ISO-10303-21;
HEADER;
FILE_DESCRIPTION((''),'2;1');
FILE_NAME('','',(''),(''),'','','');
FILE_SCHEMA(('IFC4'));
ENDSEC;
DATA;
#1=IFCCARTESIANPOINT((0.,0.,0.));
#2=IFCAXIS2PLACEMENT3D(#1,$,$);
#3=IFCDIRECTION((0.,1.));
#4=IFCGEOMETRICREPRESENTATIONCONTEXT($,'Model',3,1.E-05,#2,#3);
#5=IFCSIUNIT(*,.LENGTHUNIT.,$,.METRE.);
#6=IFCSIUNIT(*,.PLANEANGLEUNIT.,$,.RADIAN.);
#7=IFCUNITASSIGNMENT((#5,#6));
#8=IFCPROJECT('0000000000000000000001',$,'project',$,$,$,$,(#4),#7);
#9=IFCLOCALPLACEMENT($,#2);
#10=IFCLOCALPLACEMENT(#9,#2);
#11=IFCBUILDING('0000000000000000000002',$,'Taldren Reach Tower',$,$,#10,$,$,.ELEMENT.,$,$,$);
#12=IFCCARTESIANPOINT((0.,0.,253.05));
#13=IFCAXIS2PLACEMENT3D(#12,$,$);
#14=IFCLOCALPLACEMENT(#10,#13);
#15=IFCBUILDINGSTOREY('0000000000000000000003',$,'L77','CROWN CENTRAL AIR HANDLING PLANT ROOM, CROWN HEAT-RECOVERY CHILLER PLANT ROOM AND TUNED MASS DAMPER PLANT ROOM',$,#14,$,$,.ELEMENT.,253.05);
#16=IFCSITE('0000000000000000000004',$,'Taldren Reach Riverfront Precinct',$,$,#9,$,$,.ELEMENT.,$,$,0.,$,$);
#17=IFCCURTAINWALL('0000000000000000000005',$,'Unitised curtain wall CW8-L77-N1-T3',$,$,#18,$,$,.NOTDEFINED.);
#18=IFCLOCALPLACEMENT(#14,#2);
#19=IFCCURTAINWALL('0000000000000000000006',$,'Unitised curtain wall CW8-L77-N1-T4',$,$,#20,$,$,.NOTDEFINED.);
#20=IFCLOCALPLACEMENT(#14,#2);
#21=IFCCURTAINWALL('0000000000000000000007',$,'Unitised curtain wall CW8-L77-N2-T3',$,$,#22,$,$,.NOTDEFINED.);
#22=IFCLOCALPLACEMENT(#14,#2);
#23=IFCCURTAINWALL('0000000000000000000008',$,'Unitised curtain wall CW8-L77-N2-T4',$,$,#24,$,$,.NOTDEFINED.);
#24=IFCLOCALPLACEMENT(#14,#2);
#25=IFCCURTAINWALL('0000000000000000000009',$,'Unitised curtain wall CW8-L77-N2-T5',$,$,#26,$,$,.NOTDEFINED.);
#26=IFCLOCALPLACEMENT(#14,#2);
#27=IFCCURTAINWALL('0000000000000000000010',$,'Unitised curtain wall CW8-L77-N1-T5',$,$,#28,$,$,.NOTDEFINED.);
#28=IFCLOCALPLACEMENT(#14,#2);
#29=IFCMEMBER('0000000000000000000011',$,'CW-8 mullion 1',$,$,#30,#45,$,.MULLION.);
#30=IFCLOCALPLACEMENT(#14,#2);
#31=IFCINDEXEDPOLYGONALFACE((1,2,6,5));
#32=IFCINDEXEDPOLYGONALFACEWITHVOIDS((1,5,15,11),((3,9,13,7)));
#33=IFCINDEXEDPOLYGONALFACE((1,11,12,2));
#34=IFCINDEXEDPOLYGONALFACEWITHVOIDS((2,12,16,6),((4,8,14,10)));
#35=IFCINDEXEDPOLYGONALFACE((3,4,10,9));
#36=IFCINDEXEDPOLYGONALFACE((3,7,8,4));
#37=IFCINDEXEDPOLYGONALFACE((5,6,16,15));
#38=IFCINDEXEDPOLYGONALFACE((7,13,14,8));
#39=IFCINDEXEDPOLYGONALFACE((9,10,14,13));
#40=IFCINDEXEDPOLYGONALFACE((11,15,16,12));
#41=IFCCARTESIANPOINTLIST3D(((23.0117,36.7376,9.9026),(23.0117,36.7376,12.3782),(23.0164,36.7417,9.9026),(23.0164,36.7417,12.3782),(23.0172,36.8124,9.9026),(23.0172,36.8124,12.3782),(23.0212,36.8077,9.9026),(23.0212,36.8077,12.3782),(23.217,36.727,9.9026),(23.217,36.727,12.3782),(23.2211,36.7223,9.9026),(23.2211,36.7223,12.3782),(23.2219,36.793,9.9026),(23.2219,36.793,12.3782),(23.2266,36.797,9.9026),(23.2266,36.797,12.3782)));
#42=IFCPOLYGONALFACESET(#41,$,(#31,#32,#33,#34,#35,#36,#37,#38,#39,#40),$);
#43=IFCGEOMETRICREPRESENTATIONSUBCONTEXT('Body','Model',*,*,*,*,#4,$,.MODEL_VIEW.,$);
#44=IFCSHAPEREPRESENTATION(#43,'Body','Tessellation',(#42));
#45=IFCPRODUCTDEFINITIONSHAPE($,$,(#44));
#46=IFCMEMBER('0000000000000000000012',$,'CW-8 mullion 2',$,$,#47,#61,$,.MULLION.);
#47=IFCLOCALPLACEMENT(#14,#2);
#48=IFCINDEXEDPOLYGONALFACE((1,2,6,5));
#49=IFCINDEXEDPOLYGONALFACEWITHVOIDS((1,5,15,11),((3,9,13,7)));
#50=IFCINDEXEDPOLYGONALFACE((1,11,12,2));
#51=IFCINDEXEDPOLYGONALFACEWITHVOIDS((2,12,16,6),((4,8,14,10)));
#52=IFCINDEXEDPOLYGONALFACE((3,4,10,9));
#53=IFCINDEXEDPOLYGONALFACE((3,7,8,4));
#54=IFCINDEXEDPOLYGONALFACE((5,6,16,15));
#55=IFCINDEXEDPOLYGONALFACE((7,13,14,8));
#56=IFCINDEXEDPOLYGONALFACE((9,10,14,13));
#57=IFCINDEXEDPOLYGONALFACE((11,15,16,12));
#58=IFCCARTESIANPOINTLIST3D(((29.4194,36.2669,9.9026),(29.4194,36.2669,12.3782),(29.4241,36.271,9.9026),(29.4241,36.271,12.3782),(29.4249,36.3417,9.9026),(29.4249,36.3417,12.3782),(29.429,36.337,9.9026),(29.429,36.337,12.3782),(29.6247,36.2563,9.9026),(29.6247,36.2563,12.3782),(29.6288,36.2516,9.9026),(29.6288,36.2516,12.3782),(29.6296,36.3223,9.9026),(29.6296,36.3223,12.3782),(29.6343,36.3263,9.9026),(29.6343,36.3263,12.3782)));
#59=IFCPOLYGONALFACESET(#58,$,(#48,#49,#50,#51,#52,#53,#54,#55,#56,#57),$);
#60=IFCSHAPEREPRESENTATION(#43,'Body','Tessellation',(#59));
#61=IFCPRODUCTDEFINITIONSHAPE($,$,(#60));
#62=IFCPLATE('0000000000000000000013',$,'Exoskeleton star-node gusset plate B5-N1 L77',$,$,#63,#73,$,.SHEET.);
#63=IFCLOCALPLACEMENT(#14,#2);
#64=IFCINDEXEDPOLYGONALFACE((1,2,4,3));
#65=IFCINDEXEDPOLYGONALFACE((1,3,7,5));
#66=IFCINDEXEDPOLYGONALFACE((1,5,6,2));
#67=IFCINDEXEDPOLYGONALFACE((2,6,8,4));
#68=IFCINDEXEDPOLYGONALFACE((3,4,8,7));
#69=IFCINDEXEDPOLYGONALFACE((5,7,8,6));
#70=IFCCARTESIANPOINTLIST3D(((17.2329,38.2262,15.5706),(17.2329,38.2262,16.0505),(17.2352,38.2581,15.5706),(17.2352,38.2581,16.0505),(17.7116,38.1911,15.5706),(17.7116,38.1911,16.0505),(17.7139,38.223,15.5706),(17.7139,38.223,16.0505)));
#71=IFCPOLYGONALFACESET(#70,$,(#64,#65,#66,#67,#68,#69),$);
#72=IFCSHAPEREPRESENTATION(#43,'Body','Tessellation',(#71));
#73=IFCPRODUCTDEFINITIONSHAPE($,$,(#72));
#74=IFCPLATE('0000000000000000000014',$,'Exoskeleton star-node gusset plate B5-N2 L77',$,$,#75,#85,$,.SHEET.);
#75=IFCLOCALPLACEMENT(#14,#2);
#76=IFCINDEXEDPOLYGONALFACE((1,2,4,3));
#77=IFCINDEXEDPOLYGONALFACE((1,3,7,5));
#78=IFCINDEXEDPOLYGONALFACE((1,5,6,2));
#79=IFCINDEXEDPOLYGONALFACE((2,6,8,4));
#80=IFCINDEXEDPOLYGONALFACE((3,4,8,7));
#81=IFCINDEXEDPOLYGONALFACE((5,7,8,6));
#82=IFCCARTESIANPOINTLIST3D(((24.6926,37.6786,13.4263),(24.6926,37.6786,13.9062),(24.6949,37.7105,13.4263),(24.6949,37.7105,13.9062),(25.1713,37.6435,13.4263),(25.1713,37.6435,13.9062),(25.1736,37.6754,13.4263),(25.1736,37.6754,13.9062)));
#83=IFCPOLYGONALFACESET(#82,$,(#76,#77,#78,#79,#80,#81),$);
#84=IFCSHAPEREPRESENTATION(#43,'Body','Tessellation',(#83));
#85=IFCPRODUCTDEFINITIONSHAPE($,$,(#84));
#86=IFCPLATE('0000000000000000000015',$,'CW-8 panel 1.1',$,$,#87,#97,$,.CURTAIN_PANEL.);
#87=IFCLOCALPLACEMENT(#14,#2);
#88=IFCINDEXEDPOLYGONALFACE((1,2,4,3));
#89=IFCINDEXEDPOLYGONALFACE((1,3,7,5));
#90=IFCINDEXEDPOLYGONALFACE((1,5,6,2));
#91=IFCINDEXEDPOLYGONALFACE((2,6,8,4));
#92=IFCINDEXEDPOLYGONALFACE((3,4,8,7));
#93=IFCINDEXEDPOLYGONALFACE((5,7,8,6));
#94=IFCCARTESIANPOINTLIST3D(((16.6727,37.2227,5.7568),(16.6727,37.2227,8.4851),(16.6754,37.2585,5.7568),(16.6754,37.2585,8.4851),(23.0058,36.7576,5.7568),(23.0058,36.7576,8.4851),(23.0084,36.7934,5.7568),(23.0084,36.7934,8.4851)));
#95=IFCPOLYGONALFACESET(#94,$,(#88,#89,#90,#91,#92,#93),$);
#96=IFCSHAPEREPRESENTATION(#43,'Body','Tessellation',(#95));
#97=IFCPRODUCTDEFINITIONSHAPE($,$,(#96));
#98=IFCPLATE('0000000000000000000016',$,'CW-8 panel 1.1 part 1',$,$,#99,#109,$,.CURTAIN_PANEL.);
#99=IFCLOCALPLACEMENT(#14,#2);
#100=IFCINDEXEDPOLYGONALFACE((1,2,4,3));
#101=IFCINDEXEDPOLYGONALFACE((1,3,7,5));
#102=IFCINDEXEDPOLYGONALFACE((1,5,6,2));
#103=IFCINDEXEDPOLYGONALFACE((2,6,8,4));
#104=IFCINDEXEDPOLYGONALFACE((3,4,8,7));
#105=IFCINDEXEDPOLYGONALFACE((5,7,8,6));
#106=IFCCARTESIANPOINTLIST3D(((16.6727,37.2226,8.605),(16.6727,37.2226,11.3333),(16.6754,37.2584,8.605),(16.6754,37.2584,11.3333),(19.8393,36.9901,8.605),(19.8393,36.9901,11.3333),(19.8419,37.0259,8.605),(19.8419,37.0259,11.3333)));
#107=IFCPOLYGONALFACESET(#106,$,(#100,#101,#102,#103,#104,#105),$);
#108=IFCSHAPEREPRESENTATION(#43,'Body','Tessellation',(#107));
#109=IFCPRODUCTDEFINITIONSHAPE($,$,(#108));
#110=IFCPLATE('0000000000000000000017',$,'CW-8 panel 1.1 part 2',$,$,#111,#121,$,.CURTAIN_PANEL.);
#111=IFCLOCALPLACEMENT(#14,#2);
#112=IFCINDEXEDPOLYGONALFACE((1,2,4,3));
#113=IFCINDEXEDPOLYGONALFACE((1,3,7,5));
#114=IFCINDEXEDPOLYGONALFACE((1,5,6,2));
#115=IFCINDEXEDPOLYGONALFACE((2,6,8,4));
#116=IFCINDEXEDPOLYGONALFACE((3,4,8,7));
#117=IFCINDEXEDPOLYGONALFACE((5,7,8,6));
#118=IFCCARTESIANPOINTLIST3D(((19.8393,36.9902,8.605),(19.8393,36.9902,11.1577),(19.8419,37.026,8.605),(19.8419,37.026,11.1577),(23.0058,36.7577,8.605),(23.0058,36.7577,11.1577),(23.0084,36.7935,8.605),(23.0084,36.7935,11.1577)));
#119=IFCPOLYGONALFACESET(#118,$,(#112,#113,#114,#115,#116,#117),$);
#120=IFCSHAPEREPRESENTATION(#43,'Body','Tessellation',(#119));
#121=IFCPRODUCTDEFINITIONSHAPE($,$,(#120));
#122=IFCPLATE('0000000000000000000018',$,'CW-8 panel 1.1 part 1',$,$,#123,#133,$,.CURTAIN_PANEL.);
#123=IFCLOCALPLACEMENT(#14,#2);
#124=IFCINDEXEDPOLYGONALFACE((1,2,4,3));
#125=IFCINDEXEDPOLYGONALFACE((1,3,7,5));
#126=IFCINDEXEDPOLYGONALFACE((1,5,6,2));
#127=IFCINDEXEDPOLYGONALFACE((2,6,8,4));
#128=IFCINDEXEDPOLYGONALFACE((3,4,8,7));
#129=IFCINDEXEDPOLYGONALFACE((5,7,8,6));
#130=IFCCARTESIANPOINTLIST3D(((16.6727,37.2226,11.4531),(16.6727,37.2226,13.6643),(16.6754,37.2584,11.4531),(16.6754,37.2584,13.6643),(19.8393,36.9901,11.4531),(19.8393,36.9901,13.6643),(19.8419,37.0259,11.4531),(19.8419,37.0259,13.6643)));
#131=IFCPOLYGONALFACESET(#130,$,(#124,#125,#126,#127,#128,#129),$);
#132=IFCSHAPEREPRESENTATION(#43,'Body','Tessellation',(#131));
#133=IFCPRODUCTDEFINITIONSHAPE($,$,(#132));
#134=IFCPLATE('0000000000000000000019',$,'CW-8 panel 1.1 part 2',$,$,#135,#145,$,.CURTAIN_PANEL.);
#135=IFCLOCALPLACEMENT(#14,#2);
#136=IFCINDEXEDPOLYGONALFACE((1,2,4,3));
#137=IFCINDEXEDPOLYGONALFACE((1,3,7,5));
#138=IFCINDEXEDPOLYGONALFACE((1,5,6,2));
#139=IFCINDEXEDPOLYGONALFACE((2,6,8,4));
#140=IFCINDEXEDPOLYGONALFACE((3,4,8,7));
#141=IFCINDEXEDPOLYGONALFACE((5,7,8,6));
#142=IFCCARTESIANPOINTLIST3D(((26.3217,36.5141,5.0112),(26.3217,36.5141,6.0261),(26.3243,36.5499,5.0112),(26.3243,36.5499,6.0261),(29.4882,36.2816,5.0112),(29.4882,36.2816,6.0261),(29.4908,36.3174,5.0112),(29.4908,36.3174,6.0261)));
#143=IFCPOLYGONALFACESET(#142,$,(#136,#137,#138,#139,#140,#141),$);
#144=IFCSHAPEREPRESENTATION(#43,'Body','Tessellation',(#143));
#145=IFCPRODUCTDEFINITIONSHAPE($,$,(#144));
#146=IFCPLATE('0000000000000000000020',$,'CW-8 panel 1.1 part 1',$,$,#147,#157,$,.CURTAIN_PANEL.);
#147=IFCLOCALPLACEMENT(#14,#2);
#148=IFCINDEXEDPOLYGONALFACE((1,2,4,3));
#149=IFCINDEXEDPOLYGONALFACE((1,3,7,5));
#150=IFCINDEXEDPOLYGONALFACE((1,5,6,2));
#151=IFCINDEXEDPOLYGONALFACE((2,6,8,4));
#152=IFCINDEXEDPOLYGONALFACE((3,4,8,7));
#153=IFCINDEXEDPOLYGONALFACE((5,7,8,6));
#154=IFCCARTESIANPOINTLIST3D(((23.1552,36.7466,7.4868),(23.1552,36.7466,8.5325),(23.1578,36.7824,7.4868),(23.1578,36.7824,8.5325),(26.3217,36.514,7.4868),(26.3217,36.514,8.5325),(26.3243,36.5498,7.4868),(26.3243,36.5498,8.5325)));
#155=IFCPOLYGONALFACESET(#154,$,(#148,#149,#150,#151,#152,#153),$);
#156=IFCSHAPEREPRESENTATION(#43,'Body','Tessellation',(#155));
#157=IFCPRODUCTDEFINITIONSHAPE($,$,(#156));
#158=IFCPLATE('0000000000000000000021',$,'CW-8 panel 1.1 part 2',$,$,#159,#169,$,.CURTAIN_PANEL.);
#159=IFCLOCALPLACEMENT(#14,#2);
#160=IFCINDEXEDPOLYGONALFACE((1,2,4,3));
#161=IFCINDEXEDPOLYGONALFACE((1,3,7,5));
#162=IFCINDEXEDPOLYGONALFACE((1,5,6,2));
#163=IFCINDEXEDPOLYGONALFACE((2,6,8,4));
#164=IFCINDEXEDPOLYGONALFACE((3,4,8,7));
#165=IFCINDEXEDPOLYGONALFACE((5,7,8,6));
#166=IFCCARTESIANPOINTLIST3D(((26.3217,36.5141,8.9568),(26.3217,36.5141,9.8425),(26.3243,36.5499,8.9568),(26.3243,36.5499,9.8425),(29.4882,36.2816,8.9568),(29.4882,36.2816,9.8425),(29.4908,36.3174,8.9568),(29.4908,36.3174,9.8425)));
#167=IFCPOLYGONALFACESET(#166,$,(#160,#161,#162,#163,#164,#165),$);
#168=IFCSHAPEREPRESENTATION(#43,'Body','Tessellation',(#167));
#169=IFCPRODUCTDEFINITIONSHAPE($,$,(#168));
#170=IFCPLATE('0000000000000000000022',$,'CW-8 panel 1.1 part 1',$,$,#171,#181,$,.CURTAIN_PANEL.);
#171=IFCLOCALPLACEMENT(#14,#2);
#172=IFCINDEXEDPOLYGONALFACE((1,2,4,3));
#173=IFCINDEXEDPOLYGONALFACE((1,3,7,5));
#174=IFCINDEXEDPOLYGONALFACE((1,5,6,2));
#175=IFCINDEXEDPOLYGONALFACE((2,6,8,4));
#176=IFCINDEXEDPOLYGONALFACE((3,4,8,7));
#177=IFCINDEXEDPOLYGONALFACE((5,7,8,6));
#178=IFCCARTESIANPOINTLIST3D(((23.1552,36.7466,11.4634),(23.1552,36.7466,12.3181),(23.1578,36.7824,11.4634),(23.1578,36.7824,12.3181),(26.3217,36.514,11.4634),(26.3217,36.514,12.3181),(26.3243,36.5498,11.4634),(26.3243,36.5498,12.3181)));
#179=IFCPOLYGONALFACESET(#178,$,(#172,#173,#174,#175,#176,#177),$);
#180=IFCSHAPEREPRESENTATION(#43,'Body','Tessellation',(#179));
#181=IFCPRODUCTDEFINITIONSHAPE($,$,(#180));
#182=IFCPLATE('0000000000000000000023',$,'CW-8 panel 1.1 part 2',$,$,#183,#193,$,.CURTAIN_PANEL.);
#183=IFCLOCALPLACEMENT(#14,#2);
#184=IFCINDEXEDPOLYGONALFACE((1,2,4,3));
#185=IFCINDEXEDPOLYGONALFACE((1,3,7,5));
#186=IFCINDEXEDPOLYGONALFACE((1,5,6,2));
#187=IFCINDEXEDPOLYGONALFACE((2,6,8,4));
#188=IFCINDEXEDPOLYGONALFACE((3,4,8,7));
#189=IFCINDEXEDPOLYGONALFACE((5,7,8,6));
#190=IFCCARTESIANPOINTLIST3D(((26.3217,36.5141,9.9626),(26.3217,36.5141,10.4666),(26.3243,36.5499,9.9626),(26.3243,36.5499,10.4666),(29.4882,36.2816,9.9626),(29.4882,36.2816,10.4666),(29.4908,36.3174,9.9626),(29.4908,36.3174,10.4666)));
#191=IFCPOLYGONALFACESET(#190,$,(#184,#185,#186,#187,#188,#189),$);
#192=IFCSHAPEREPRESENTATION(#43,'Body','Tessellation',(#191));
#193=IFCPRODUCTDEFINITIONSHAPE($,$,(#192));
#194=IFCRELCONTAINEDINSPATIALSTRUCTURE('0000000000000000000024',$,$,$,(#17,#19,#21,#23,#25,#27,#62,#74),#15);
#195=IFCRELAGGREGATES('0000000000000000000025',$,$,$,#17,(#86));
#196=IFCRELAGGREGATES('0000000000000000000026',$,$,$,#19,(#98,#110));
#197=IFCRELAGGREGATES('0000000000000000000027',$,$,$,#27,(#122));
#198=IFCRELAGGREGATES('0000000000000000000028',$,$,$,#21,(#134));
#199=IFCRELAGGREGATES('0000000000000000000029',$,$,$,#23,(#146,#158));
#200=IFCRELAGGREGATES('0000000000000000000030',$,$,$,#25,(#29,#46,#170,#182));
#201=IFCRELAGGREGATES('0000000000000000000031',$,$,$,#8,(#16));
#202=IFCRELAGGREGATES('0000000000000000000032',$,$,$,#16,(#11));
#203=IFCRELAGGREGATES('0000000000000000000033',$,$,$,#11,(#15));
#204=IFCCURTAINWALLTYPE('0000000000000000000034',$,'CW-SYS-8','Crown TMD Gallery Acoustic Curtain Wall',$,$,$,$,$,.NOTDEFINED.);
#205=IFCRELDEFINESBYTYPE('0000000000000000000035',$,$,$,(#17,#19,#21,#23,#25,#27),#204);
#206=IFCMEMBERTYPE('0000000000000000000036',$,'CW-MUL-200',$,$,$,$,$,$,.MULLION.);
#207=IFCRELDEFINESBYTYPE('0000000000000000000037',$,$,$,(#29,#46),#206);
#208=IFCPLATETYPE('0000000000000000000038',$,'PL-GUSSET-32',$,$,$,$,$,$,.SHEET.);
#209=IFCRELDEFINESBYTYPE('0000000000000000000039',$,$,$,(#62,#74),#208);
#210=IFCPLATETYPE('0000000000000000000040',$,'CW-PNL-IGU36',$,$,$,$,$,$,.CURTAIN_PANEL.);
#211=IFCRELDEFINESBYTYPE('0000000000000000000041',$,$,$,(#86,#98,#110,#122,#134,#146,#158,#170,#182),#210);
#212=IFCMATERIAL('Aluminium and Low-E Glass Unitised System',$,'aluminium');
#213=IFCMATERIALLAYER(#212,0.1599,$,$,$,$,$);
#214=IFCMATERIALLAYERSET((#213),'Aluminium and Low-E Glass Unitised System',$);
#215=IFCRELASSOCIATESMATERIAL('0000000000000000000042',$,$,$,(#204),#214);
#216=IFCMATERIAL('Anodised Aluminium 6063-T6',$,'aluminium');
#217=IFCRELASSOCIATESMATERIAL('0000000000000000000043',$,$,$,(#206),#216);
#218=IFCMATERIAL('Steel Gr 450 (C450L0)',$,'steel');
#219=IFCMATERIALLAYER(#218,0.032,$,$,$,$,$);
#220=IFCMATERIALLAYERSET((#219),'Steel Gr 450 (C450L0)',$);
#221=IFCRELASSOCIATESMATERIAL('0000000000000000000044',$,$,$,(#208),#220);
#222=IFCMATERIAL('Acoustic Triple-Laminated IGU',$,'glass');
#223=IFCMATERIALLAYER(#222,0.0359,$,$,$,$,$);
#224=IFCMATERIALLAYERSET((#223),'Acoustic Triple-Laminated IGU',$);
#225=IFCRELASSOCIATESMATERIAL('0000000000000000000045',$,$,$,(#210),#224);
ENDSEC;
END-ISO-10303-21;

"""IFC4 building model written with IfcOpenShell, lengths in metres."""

from ifc_helpers import new_model, si_unit, direction, frame, origin, origin_2d, place, context, subcontext, project, spatial, rectangle, hollow_rectangle, extrude, source, transform, mapped, material, layer, layer_set, material_profile, profile_set, type_object, element, aggregate, save


model = new_model("IFC4")

# Units and contexts
model_context = context("Model", 3, precision=1e-05, world=origin(), true_north=direction((0.0, 1.0)))
body_context = subcontext(model_context, "Body", "Model", "MODEL_VIEW")
ifc_project = project(units=[si_unit("LENGTHUNIT", "METRE"), si_unit("PLANEANGLEUNIT", "RADIAN")], contexts=[model_context])

# Site, building, storey
site_placement = place(None, origin())
site = spatial("IfcSite", under=ifc_project, at=site_placement, Name="Taldren Reach Riverfront Precinct", CompositionType="ELEMENT", RefElevation=0.0)
building_placement = place(site_placement, origin())
building = spatial("IfcBuilding", under=site, at=building_placement, Name="Taldren Reach Tower", CompositionType="ELEMENT")
storey_placement = place(building_placement, frame((0.0, 0.0, 253.05)))
storey = spatial("IfcBuildingStorey", under=building, at=storey_placement, Name="L77", Description="CROWN CENTRAL AIR HANDLING PLANT ROOM, CROWN HEAT-RECOVERY CHILLER PLANT ROOM AND TUNED MASS DAMPER PLANT ROOM", CompositionType="ELEMENT", Elevation=253.05)

# Curtain walls
ifc_material_1 = material(Name="Aluminium and Low-E Glass Unitised System", Category="aluminium")
ifc_layer_1 = layer(ifc_material_1, 0.1599)
ifc_layer_set_1 = layer_set([ifc_layer_1], Name="Aluminium and Low-E Glass Unitised System")
curtain_wall_type = type_object("IfcCurtainWallType", Name="CW-SYS-8", Description="Crown TMD Gallery Acoustic Curtain Wall", PredefinedType="NOTDEFINED", material=ifc_layer_set_1)
curtain_wall_1_placement = place(storey_placement, origin())
curtain_wall_1 = element("IfcCurtainWall", 1, at=curtain_wall_1_placement, inside=storey, type_object=curtain_wall_type, Name="Unitised curtain wall CW8-L77-N1-T3", PredefinedType="NOTDEFINED")
ifc_material_2 = material(Name="Anodised Aluminium 6063-T6", Category="aluminium")
ifc_material_profile_1 = material_profile(ifc_material_2, hollow_rectangle(XDim=0.075, YDim=0.21, WallThickness=0.0044, at=origin_2d()), Name="ALU-210x75x4.5RHS")
ifc_profile_set_1 = profile_set([ifc_material_profile_1], Name="Anodised Aluminium 6063-T6")
member_type_1 = type_object("IfcMemberType", Name="CW-MUL-200", PredefinedType="MULLION", material=ifc_profile_set_1)
curtain_wall_2_placement = place(storey_placement, origin())
curtain_wall_2 = element("IfcCurtainWall", 2, at=curtain_wall_2_placement, inside=storey, type_object=curtain_wall_type, Name="Unitised curtain wall CW8-L77-N1-T4", PredefinedType="NOTDEFINED")
curtain_wall_3_placement = place(storey_placement, origin())
curtain_wall_3 = element("IfcCurtainWall", 3, at=curtain_wall_3_placement, inside=storey, type_object=curtain_wall_type, Name="Unitised curtain wall CW8-L77-N2-T3", PredefinedType="NOTDEFINED")

# Curtain walls
curtain_wall_4_placement = place(storey_placement, origin())
curtain_wall_4 = element("IfcCurtainWall", 4, at=curtain_wall_4_placement, inside=storey, type_object=curtain_wall_type, Name="Unitised curtain wall CW8-L77-N2-T4", PredefinedType="NOTDEFINED")
curtain_wall_5_placement = place(storey_placement, origin())
curtain_wall_5 = element("IfcCurtainWall", 5, at=curtain_wall_5_placement, inside=storey, type_object=curtain_wall_type, Name="Unitised curtain wall CW8-L77-N2-T5", PredefinedType="NOTDEFINED")

# Curtain wall
curtain_wall_6_placement = place(storey_placement, origin())
curtain_wall_6 = element("IfcCurtainWall", 6, at=curtain_wall_6_placement, inside=storey, type_object=curtain_wall_type, Name="Unitised curtain wall CW8-L77-N1-T5", PredefinedType="NOTDEFINED")

# Members
shared_shape_1 = source(origin(), body_context, "Body", "SweptSolid", [
    extrude(hollow_rectangle(XDim=0.075, YDim=0.21, WallThickness=0.0044, at=origin_2d()), origin(), (0.0, 0.0, 1.0), 2.4756),
])
member_1_placement = place(storey_placement, frame((23.1191, 36.7673, 9.9026), z_axis=(0.0, 0.0, 1.0), x_axis=(0.073238, 0.997314, 0.0)))
member_1 = element("IfcMember", 7, at=member_1_placement, type_object=member_type_1, Name="CW-8 mullion 1", PredefinedType="MULLION", context=body_context, shape_type="MappedRepresentation", body=[
    mapped(shared_shape_1, transform((0.0, 0.0, 0.0), scale=1.0)),
])
member_2_placement = place(storey_placement, frame((29.5269, 36.2966, 9.9026), z_axis=(0.0, 0.0, 1.0), x_axis=(0.073238, 0.997314, 0.0)))
member_2 = element("IfcMember", 8, at=member_2_placement, type_object=member_type_1, Name="CW-8 mullion 2", PredefinedType="MULLION", context=body_context, shape_type="MappedRepresentation", body=[
    mapped(shared_shape_1, transform((0.0, 0.0, 0.0), scale=1.0)),
])

# Plates
ifc_material_3 = material(Name="Steel Gr 450 (C450L0)", Category="steel")
ifc_layer_2 = layer(ifc_material_3, 0.032)
ifc_layer_set_2 = layer_set([ifc_layer_2], Name="Steel Gr 450 (C450L0)")
plate_type_1 = type_object("IfcPlateType", Name="PL-GUSSET-32", PredefinedType="SHEET", material=ifc_layer_set_2)
shared_shape_2 = source(origin(), body_context, "Body", "SweptSolid", [
    extrude(rectangle(XDim=0.48, YDim=0.032, at=origin_2d()), origin(), (0.0, 0.0, 1.0), 0.48),
])
for number, where, z_axis, x_axis, name in (
    (9, (17.4734, 38.2246, 15.5706), (0.0, 0.0, 1.0), (0.997314, -0.073238, 0.0), "Exoskeleton star-node gusset plate B5-N1 L77"),
    (10, (24.9331, 37.677, 13.4263), (0.0, 0.0, 1.0), (0.997314, -0.073238, 0.0), "Exoskeleton star-node gusset plate B5-N2 L77"),
):
    element("IfcPlate", number, at=place(storey_placement, frame(where, z_axis=z_axis, x_axis=x_axis)), inside=storey, type_object=plate_type_1, Name=name, PredefinedType="SHEET", context=body_context, shape_type="MappedRepresentation", body=[
        mapped(shared_shape_2, transform((0.0, 0.0, 0.0), scale=1.0)),
    ])

# Plates
ifc_material_4 = material(Name="Acoustic Triple-Laminated IGU", Category="glass")
ifc_layer_3 = layer(ifc_material_4, 0.0359)
ifc_layer_set_3 = layer_set([ifc_layer_3], Name="Acoustic Triple-Laminated IGU")
plate_type_2 = type_object("IfcPlateType", Name="CW-PNL-IGU36", PredefinedType="CURTAIN_PANEL", material=ifc_layer_set_3)
shared_shape_3 = source(origin(), body_context, "Body", "SweptSolid", [
    extrude(rectangle(XDim=6.3501, YDim=0.0359, at=origin_2d()), origin(), (0.0, 0.0, 1.0), 2.7283),
])
plate_1_placement = place(storey_placement, frame((19.8406, 37.0081, 5.7568), z_axis=(0.0, 0.0, 1.0), x_axis=(0.997314, -0.073239, 0.0)))
plate_1 = element("IfcPlate", 11, at=plate_1_placement, type_object=plate_type_2, Name="CW-8 panel 1.1", PredefinedType="CURTAIN_PANEL", context=body_context, shape_type="MappedRepresentation", body=[
    mapped(shared_shape_3, transform((0.0, 0.0, 0.0), scale=1.0)),
])
aggregate(curtain_wall_1, [plate_1])
shared_shape_4 = source(origin(), body_context, "Body", "SweptSolid", [
    extrude(rectangle(XDim=3.175, YDim=0.0359, at=origin_2d()), origin(), (0.0, 0.0, 1.0), 2.7283),
])
plate_2_placement = place(storey_placement, frame((18.2573, 37.1243, 8.605), z_axis=(0.0, 0.0, 1.0), x_axis=(0.997314, -0.073239, 0.0)))
plate_2 = element("IfcPlate", 12, at=plate_2_placement, type_object=plate_type_2, Name="CW-8 panel 1.1 part 1", PredefinedType="CURTAIN_PANEL", context=body_context, shape_type="MappedRepresentation", body=[
    mapped(shared_shape_4, transform((0.0, 0.0, 0.0), scale=1.0)),
])
shared_shape_5 = source(origin(), body_context, "Body", "SweptSolid", [
    extrude(rectangle(XDim=3.175, YDim=0.0359, at=origin_2d()), origin(), (0.0, 0.0, 1.0), 2.5527),
])
plate_3_placement = place(storey_placement, frame((21.4238, 36.8918, 8.605), z_axis=(0.0, 0.0, 1.0), x_axis=(0.997314, -0.073239, 0.0)))
plate_3 = element("IfcPlate", 13, at=plate_3_placement, type_object=plate_type_2, Name="CW-8 panel 1.1 part 2", PredefinedType="CURTAIN_PANEL", context=body_context, shape_type="MappedRepresentation", body=[
    mapped(shared_shape_5, transform((0.0, 0.0, 0.0), scale=1.0)),
])
aggregate(curtain_wall_2, [plate_2, plate_3])
shared_shape_6 = source(origin(), body_context, "Body", "SweptSolid", [
    extrude(rectangle(XDim=3.175, YDim=0.0359, at=origin_2d()), origin(), (0.0, 0.0, 1.0), 2.2112),
])
plate_4_placement = place(storey_placement, frame((18.2573, 37.1243, 11.4531), z_axis=(0.0, 0.0, 1.0), x_axis=(0.997314, -0.073239, 0.0)))
plate_4 = element("IfcPlate", 14, at=plate_4_placement, type_object=plate_type_2, Name="CW-8 panel 1.1 part 1", PredefinedType="CURTAIN_PANEL", context=body_context, shape_type="MappedRepresentation", body=[
    mapped(shared_shape_6, transform((0.0, 0.0, 0.0), scale=1.0)),
])
aggregate(curtain_wall_6, [plate_4])
shared_shape_7 = source(origin(), body_context, "Body", "SweptSolid", [
    extrude(rectangle(XDim=3.175, YDim=0.0359, at=origin_2d()), origin(), (0.0, 0.0, 1.0), 1.0149),
])
plate_5_placement = place(storey_placement, frame((27.9062, 36.4158, 5.0112), z_axis=(0.0, 0.0, 1.0), x_axis=(0.997314, -0.073238, 0.0)))
plate_5 = element("IfcPlate", 15, at=plate_5_placement, type_object=plate_type_2, Name="CW-8 panel 1.1 part 2", PredefinedType="CURTAIN_PANEL", context=body_context, shape_type="MappedRepresentation", body=[
    mapped(shared_shape_7, transform((0.0, 0.0, 0.0), scale=1.0)),
])
aggregate(curtain_wall_3, [plate_5])
shared_shape_8 = source(origin(), body_context, "Body", "SweptSolid", [
    extrude(rectangle(XDim=3.175, YDim=0.0359, at=origin_2d()), origin(), (0.0, 0.0, 1.0), 1.0457),
])
plate_6_placement = place(storey_placement, frame((24.7397, 36.6482, 7.4868), z_axis=(0.0, 0.0, 1.0), x_axis=(0.997314, -0.073238, 0.0)))
plate_6 = element("IfcPlate", 16, at=plate_6_placement, type_object=plate_type_2, Name="CW-8 panel 1.1 part 1", PredefinedType="CURTAIN_PANEL", context=body_context, shape_type="MappedRepresentation", body=[
    mapped(shared_shape_8, transform((0.0, 0.0, 0.0), scale=1.0)),
])
shared_shape_9 = source(origin(), body_context, "Body", "SweptSolid", [
    extrude(rectangle(XDim=3.175, YDim=0.0359, at=origin_2d()), origin(), (0.0, 0.0, 1.0), 0.8857),
])
plate_7_placement = place(storey_placement, frame((27.9062, 36.4158, 8.9568), z_axis=(0.0, 0.0, 1.0), x_axis=(0.997314, -0.073238, 0.0)))
plate_7 = element("IfcPlate", 17, at=plate_7_placement, type_object=plate_type_2, Name="CW-8 panel 1.1 part 2", PredefinedType="CURTAIN_PANEL", context=body_context, shape_type="MappedRepresentation", body=[
    mapped(shared_shape_9, transform((0.0, 0.0, 0.0), scale=1.0)),
])
aggregate(curtain_wall_4, [plate_6, plate_7])
shared_shape_10 = source(origin(), body_context, "Body", "SweptSolid", [
    extrude(rectangle(XDim=3.175, YDim=0.0359, at=origin_2d()), origin(), (0.0, 0.0, 1.0), 0.8547),
])
plate_8_placement = place(storey_placement, frame((24.7397, 36.6482, 11.4634), z_axis=(0.0, 0.0, 1.0), x_axis=(0.997314, -0.073238, 0.0)))
plate_8 = element("IfcPlate", 18, at=plate_8_placement, type_object=plate_type_2, Name="CW-8 panel 1.1 part 1", PredefinedType="CURTAIN_PANEL", context=body_context, shape_type="MappedRepresentation", body=[
    mapped(shared_shape_10, transform((0.0, 0.0, 0.0), scale=1.0)),
])
shared_shape_11 = source(origin(), body_context, "Body", "SweptSolid", [
    extrude(rectangle(XDim=3.175, YDim=0.0359, at=origin_2d()), origin(), (0.0, 0.0, 1.0), 0.5039),
])
plate_9_placement = place(storey_placement, frame((27.9062, 36.4158, 9.9626), z_axis=(0.0, 0.0, 1.0), x_axis=(0.997314, -0.073238, 0.0)))
plate_9 = element("IfcPlate", 19, at=plate_9_placement, type_object=plate_type_2, Name="CW-8 panel 1.1 part 2", PredefinedType="CURTAIN_PANEL", context=body_context, shape_type="MappedRepresentation", body=[
    mapped(shared_shape_11, transform((0.0, 0.0, 0.0), scale=1.0)),
])
aggregate(curtain_wall_5, [member_1, member_2, plate_8, plate_9])

save(model, "model.ifc")
